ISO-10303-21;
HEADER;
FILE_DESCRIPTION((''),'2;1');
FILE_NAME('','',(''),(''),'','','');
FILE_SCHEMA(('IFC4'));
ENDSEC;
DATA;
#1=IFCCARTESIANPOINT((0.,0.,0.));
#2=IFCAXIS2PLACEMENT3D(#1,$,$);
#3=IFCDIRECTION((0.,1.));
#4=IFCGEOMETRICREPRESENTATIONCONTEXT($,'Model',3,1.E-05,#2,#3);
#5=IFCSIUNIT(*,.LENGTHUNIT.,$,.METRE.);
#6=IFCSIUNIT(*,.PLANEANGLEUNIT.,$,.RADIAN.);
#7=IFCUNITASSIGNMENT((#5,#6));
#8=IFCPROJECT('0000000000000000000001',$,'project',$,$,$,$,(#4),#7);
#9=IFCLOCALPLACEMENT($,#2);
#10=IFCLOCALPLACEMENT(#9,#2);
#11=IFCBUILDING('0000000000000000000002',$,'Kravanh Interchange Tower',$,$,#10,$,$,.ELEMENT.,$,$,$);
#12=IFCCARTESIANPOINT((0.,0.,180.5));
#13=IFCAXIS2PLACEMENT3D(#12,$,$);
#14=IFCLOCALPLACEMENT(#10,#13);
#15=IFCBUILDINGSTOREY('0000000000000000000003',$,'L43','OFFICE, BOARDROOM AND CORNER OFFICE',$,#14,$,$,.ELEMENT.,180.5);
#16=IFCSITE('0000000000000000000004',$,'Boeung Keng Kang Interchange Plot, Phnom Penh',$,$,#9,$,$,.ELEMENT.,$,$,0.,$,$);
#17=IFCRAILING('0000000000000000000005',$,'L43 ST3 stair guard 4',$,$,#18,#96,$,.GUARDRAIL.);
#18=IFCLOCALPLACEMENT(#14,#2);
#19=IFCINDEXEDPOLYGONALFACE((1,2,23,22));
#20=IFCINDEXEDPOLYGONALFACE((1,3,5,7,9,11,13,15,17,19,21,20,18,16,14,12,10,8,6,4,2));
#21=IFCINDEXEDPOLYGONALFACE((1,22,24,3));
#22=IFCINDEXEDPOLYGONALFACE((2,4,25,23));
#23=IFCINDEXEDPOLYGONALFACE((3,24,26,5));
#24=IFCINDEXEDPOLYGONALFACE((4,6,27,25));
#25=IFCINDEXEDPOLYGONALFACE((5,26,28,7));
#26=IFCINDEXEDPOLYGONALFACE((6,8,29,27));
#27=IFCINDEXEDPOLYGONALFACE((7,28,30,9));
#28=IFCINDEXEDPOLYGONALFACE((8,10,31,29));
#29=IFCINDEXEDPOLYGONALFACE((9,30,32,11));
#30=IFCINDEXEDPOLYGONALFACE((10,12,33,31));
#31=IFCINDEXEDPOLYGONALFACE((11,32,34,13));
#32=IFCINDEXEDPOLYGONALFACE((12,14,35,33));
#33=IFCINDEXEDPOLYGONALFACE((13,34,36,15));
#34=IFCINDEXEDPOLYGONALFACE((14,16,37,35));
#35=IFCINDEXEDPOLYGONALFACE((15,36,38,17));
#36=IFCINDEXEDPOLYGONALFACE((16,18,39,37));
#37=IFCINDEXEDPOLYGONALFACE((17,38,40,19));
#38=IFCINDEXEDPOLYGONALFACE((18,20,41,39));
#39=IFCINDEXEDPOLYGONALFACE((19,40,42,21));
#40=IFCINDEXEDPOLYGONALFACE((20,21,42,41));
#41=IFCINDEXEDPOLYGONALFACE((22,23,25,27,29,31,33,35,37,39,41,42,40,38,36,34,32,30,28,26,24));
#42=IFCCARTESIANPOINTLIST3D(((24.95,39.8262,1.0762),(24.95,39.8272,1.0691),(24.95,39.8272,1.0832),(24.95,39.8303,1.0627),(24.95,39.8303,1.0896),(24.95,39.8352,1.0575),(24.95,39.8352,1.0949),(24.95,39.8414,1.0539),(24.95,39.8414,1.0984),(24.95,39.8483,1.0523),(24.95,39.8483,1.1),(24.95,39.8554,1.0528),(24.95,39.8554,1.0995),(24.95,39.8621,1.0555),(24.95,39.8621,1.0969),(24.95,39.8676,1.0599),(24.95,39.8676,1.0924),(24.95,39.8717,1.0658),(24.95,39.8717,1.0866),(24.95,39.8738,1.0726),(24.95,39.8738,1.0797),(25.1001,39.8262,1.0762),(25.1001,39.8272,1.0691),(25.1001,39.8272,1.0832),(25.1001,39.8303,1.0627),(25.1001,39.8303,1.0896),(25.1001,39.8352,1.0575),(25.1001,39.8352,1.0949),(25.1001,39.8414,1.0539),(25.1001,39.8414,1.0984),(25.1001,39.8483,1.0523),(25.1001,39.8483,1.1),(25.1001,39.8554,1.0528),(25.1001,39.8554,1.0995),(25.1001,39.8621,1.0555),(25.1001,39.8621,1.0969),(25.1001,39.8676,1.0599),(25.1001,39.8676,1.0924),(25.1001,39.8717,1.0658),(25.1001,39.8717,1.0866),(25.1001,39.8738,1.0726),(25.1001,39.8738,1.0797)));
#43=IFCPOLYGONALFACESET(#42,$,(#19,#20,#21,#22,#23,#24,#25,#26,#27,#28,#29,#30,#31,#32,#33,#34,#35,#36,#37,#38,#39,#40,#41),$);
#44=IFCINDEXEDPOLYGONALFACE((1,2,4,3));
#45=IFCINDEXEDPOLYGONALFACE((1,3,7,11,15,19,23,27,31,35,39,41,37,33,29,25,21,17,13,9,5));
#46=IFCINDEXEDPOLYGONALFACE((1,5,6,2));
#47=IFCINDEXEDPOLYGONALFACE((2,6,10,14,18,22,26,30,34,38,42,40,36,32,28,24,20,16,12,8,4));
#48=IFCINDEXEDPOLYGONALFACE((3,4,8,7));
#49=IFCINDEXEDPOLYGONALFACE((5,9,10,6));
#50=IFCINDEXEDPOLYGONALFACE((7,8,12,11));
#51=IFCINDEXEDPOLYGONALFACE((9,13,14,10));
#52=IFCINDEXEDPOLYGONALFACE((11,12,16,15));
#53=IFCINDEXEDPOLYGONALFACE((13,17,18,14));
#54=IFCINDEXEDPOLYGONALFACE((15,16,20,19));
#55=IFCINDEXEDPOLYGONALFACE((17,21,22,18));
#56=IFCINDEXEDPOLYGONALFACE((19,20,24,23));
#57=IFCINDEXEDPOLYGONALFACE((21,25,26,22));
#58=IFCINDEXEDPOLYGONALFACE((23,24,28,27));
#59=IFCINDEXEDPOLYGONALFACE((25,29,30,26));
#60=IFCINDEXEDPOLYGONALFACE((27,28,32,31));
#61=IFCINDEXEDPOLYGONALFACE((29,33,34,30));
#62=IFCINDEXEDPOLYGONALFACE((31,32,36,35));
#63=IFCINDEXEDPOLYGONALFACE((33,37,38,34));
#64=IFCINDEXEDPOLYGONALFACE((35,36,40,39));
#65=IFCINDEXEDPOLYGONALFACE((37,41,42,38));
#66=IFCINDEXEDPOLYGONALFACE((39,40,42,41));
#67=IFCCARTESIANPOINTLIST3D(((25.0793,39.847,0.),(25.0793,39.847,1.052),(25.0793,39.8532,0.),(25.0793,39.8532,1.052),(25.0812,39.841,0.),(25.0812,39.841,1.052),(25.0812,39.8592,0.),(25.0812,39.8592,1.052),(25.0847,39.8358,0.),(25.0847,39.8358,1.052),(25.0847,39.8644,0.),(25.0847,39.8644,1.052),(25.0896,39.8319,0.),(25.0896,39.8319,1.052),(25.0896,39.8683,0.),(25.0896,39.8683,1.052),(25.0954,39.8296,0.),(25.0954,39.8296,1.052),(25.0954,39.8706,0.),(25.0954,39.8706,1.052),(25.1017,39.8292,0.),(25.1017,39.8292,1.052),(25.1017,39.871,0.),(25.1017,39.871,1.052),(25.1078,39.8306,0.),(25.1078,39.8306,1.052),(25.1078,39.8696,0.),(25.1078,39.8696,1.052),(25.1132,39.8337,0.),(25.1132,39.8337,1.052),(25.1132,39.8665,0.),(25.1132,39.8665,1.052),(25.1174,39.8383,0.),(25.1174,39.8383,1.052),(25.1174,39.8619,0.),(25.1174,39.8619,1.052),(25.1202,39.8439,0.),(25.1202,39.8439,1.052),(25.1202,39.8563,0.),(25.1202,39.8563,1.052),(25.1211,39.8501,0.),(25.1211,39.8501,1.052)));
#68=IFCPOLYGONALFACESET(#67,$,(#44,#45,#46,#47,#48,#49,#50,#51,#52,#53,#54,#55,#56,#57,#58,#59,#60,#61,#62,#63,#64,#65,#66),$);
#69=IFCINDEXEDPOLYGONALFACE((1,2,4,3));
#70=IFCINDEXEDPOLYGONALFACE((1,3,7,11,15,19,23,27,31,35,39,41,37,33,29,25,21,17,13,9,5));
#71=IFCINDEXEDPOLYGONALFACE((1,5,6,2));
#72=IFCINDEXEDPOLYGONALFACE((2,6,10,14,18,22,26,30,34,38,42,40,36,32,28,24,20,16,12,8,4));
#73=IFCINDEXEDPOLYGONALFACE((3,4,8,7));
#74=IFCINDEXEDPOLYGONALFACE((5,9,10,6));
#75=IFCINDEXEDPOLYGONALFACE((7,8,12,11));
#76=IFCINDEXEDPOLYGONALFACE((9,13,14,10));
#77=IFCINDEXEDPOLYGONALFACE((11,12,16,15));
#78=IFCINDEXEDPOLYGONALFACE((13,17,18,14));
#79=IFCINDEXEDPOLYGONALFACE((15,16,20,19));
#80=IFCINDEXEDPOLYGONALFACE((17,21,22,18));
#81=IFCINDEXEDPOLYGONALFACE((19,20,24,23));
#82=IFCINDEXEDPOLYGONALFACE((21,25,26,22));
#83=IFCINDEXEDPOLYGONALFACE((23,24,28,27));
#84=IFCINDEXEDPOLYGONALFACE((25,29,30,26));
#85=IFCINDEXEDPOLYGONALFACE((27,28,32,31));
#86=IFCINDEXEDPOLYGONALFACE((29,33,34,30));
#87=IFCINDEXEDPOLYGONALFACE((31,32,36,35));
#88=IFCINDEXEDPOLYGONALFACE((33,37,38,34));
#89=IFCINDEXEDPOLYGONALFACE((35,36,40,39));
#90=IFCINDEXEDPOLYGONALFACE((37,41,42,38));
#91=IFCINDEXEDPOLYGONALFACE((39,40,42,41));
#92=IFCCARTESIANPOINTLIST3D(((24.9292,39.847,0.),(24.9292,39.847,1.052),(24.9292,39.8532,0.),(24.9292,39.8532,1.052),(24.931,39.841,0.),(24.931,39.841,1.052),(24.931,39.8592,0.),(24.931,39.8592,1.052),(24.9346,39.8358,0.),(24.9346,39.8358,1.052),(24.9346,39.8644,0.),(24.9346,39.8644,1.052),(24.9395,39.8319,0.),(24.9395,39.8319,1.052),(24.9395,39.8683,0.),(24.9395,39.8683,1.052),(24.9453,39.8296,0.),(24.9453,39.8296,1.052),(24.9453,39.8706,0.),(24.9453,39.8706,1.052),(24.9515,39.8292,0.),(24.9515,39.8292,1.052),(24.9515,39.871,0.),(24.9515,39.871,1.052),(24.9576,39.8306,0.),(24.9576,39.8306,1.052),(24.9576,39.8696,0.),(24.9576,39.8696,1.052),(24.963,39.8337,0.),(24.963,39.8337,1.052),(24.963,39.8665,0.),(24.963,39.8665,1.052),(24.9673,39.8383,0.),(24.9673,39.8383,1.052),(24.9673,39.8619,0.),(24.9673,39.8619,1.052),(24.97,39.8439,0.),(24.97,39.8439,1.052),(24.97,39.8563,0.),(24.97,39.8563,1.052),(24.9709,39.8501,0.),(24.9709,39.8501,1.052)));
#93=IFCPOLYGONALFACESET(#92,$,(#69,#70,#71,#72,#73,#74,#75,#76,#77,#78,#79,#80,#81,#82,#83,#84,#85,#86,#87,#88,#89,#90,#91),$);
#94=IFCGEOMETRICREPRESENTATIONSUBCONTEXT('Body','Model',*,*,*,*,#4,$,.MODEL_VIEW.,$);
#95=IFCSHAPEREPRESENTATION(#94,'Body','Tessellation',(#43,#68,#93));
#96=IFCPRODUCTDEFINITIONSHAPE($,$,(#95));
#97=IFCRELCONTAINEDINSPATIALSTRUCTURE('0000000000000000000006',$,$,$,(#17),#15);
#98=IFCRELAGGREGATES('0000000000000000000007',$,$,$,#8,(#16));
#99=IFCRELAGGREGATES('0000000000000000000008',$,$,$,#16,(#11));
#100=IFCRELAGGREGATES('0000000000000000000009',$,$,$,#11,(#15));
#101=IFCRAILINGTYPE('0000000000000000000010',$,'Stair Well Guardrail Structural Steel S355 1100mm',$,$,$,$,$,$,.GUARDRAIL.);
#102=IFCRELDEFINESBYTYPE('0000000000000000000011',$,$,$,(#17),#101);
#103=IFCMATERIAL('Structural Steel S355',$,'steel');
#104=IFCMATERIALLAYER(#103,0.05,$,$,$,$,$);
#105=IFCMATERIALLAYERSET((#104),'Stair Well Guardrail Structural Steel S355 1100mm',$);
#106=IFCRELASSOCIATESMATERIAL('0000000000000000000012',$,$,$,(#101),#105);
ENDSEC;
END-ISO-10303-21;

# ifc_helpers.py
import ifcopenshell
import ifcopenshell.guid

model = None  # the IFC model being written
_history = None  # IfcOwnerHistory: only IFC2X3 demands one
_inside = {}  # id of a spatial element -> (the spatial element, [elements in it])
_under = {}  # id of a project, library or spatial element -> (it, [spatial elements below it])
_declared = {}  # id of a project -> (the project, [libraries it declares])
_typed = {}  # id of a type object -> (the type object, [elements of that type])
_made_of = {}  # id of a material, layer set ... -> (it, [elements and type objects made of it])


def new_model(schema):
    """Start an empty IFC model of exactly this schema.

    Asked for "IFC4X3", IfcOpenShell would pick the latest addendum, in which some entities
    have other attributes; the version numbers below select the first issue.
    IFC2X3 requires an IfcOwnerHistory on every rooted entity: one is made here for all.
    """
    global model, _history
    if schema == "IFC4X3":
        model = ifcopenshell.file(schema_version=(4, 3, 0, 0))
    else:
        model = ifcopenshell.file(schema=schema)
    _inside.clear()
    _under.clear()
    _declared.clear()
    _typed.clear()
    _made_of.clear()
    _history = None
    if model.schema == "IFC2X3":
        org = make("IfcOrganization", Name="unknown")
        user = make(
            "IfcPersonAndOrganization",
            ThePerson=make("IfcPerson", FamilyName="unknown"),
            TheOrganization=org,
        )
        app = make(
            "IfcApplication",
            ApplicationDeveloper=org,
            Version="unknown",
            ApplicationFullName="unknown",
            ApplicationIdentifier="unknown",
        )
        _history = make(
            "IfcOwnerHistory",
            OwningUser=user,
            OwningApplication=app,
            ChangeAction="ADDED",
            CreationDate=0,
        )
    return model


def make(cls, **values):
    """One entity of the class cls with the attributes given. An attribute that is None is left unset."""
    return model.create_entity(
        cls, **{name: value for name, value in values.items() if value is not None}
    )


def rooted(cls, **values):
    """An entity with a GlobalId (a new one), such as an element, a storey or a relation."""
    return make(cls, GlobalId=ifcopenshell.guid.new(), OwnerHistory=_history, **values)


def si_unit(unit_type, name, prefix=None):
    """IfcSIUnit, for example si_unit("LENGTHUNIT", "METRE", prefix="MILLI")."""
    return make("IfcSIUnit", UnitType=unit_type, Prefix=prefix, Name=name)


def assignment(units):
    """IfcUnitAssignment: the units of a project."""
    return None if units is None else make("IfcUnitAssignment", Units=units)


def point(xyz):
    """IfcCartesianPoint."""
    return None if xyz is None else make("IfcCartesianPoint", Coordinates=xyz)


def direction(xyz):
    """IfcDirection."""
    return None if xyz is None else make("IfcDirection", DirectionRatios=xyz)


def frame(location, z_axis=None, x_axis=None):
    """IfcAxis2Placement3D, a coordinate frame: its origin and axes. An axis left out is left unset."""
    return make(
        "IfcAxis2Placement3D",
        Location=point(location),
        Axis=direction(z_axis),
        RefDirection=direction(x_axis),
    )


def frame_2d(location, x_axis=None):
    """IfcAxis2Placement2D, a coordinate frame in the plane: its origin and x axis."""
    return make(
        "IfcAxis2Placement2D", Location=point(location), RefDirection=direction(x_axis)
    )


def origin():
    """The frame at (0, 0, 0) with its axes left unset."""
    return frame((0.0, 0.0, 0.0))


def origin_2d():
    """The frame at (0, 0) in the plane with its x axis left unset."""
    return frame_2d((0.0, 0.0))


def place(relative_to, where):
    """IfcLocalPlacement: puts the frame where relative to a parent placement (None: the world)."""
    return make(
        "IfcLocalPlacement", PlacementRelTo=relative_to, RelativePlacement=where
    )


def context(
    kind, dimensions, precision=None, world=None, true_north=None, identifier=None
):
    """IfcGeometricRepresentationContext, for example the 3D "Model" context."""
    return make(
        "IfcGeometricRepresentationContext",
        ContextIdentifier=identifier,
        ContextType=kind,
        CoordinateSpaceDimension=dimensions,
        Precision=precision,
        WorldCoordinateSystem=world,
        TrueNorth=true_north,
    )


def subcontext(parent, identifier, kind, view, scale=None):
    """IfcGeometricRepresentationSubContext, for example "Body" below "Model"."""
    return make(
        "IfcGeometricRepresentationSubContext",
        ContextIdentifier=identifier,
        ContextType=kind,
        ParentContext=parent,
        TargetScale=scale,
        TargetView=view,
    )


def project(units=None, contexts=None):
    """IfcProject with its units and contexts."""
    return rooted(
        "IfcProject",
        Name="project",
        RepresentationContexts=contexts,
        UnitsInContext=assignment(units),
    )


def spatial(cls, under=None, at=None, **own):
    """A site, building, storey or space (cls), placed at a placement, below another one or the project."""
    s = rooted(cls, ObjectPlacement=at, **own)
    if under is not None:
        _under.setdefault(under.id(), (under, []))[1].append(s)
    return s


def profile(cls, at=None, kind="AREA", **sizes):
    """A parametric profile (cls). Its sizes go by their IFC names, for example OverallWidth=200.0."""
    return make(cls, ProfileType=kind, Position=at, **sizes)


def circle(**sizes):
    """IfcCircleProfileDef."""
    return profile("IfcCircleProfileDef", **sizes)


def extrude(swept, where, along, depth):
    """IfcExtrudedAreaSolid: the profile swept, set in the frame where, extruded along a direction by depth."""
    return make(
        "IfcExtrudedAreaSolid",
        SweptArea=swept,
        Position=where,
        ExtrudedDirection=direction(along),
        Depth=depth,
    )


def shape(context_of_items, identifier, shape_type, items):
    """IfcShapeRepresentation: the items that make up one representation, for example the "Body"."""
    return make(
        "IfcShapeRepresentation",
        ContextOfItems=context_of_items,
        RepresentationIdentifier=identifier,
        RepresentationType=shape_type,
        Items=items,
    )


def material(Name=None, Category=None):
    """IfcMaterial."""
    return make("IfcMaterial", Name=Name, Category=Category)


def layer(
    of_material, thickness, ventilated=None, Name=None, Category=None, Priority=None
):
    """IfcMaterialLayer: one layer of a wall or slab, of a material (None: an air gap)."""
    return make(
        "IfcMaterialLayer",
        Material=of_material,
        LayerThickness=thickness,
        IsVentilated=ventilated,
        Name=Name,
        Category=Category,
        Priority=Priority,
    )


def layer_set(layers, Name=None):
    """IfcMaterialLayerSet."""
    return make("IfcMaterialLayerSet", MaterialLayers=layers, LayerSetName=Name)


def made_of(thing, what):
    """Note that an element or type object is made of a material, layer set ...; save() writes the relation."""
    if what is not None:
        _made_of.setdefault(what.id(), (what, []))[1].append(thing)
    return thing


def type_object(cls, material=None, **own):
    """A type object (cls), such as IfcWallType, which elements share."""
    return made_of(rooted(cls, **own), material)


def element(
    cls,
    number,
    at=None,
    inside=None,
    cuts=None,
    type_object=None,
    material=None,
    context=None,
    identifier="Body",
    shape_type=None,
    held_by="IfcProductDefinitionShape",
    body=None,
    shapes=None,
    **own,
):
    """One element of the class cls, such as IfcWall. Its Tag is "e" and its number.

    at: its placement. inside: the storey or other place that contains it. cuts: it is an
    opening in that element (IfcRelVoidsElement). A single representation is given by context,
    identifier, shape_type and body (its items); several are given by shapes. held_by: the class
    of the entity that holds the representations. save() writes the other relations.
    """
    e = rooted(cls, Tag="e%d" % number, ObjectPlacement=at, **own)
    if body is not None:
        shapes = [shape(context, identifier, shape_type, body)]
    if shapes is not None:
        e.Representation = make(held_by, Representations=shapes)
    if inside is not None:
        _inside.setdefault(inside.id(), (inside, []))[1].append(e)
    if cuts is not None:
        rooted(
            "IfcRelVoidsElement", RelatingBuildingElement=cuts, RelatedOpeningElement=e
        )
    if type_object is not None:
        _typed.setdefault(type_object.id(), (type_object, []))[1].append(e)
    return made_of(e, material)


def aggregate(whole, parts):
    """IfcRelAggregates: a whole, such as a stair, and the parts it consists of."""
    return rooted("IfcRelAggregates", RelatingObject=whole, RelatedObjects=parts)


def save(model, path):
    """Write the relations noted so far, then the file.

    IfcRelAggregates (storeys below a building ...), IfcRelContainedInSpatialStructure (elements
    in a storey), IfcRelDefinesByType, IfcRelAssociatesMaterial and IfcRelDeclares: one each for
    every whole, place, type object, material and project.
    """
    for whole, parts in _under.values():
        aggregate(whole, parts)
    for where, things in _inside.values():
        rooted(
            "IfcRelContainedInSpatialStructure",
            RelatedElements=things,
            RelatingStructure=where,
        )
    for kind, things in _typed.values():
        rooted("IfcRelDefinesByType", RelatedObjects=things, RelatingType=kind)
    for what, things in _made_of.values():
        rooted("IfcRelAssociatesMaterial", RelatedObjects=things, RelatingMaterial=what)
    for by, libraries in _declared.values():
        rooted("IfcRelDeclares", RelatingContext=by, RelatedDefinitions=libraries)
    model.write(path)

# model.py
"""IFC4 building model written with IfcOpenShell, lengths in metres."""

from ifc_helpers import new_model, si_unit, direction, frame, origin, origin_2d, place, context, subcontext, project, spatial, circle, extrude, material, layer, layer_set, type_object, element, save


model = new_model("IFC4")

# Units and contexts
model_context = context("Model", 3, precision=1e-05, world=origin(), true_north=direction((0.0, 1.0)))
body_context = subcontext(model_context, "Body", "Model", "MODEL_VIEW")
ifc_project = project(units=[si_unit("LENGTHUNIT", "METRE"), si_unit("PLANEANGLEUNIT", "RADIAN")], contexts=[model_context])

# Site, building, storey
site_placement = place(None, origin())
site = spatial("IfcSite", under=ifc_project, at=site_placement, Name="Boeung Keng Kang Interchange Plot, Phnom Penh", CompositionType="ELEMENT", RefElevation=0.0)
building_placement = place(site_placement, origin())
building = spatial("IfcBuilding", under=site, at=building_placement, Name="Kravanh Interchange Tower", CompositionType="ELEMENT")
storey_placement = place(building_placement, frame((0.0, 0.0, 180.5)))
storey = spatial("IfcBuildingStorey", under=building, at=storey_placement, Name="L43", Description="OFFICE, BOARDROOM AND CORNER OFFICE", CompositionType="ELEMENT", Elevation=180.5)

# Railing
ifc_material_1 = material(Name="Structural Steel S355", Category="steel")
ifc_layer_1 = layer(ifc_material_1, 0.05)
ifc_layer_set_1 = layer_set([ifc_layer_1], Name="Stair Well Guardrail Structural Steel S355 1100mm")
railing_type_1 = type_object("IfcRailingType", Name="Stair Well Guardrail Structural Steel S355 1100mm", PredefinedType="GUARDRAIL", material=ifc_layer_set_1)
railing_1_placement = place(storey_placement, frame((25.1001, 39.8501, 0.0)))
element("IfcRailing", 1, at=railing_1_placement, inside=storey, type_object=railing_type_1, Name="L43 ST3 stair guard 4", PredefinedType="GUARDRAIL", context=body_context, shape_type="SweptSolid", body=[
    extrude(circle(Radius=0.0239, at=origin_2d()), frame((0.0, 0.0, 1.0762), z_axis=(-1.0, 0.0, 0.0), x_axis=(0.0, -1.0, 0.0)), (0.0, 0.0, 1.0), 0.1501),
    extrude(circle(Radius=0.021, at=origin_2d()), origin(), (0.0, 0.0, 1.0), 1.052),
    extrude(circle(Radius=0.021, at=origin_2d()), frame((-0.1501, 0.0, 0.0)), (0.0, 0.0, 1.0), 1.052),
])

save(model, "model.ifc")
